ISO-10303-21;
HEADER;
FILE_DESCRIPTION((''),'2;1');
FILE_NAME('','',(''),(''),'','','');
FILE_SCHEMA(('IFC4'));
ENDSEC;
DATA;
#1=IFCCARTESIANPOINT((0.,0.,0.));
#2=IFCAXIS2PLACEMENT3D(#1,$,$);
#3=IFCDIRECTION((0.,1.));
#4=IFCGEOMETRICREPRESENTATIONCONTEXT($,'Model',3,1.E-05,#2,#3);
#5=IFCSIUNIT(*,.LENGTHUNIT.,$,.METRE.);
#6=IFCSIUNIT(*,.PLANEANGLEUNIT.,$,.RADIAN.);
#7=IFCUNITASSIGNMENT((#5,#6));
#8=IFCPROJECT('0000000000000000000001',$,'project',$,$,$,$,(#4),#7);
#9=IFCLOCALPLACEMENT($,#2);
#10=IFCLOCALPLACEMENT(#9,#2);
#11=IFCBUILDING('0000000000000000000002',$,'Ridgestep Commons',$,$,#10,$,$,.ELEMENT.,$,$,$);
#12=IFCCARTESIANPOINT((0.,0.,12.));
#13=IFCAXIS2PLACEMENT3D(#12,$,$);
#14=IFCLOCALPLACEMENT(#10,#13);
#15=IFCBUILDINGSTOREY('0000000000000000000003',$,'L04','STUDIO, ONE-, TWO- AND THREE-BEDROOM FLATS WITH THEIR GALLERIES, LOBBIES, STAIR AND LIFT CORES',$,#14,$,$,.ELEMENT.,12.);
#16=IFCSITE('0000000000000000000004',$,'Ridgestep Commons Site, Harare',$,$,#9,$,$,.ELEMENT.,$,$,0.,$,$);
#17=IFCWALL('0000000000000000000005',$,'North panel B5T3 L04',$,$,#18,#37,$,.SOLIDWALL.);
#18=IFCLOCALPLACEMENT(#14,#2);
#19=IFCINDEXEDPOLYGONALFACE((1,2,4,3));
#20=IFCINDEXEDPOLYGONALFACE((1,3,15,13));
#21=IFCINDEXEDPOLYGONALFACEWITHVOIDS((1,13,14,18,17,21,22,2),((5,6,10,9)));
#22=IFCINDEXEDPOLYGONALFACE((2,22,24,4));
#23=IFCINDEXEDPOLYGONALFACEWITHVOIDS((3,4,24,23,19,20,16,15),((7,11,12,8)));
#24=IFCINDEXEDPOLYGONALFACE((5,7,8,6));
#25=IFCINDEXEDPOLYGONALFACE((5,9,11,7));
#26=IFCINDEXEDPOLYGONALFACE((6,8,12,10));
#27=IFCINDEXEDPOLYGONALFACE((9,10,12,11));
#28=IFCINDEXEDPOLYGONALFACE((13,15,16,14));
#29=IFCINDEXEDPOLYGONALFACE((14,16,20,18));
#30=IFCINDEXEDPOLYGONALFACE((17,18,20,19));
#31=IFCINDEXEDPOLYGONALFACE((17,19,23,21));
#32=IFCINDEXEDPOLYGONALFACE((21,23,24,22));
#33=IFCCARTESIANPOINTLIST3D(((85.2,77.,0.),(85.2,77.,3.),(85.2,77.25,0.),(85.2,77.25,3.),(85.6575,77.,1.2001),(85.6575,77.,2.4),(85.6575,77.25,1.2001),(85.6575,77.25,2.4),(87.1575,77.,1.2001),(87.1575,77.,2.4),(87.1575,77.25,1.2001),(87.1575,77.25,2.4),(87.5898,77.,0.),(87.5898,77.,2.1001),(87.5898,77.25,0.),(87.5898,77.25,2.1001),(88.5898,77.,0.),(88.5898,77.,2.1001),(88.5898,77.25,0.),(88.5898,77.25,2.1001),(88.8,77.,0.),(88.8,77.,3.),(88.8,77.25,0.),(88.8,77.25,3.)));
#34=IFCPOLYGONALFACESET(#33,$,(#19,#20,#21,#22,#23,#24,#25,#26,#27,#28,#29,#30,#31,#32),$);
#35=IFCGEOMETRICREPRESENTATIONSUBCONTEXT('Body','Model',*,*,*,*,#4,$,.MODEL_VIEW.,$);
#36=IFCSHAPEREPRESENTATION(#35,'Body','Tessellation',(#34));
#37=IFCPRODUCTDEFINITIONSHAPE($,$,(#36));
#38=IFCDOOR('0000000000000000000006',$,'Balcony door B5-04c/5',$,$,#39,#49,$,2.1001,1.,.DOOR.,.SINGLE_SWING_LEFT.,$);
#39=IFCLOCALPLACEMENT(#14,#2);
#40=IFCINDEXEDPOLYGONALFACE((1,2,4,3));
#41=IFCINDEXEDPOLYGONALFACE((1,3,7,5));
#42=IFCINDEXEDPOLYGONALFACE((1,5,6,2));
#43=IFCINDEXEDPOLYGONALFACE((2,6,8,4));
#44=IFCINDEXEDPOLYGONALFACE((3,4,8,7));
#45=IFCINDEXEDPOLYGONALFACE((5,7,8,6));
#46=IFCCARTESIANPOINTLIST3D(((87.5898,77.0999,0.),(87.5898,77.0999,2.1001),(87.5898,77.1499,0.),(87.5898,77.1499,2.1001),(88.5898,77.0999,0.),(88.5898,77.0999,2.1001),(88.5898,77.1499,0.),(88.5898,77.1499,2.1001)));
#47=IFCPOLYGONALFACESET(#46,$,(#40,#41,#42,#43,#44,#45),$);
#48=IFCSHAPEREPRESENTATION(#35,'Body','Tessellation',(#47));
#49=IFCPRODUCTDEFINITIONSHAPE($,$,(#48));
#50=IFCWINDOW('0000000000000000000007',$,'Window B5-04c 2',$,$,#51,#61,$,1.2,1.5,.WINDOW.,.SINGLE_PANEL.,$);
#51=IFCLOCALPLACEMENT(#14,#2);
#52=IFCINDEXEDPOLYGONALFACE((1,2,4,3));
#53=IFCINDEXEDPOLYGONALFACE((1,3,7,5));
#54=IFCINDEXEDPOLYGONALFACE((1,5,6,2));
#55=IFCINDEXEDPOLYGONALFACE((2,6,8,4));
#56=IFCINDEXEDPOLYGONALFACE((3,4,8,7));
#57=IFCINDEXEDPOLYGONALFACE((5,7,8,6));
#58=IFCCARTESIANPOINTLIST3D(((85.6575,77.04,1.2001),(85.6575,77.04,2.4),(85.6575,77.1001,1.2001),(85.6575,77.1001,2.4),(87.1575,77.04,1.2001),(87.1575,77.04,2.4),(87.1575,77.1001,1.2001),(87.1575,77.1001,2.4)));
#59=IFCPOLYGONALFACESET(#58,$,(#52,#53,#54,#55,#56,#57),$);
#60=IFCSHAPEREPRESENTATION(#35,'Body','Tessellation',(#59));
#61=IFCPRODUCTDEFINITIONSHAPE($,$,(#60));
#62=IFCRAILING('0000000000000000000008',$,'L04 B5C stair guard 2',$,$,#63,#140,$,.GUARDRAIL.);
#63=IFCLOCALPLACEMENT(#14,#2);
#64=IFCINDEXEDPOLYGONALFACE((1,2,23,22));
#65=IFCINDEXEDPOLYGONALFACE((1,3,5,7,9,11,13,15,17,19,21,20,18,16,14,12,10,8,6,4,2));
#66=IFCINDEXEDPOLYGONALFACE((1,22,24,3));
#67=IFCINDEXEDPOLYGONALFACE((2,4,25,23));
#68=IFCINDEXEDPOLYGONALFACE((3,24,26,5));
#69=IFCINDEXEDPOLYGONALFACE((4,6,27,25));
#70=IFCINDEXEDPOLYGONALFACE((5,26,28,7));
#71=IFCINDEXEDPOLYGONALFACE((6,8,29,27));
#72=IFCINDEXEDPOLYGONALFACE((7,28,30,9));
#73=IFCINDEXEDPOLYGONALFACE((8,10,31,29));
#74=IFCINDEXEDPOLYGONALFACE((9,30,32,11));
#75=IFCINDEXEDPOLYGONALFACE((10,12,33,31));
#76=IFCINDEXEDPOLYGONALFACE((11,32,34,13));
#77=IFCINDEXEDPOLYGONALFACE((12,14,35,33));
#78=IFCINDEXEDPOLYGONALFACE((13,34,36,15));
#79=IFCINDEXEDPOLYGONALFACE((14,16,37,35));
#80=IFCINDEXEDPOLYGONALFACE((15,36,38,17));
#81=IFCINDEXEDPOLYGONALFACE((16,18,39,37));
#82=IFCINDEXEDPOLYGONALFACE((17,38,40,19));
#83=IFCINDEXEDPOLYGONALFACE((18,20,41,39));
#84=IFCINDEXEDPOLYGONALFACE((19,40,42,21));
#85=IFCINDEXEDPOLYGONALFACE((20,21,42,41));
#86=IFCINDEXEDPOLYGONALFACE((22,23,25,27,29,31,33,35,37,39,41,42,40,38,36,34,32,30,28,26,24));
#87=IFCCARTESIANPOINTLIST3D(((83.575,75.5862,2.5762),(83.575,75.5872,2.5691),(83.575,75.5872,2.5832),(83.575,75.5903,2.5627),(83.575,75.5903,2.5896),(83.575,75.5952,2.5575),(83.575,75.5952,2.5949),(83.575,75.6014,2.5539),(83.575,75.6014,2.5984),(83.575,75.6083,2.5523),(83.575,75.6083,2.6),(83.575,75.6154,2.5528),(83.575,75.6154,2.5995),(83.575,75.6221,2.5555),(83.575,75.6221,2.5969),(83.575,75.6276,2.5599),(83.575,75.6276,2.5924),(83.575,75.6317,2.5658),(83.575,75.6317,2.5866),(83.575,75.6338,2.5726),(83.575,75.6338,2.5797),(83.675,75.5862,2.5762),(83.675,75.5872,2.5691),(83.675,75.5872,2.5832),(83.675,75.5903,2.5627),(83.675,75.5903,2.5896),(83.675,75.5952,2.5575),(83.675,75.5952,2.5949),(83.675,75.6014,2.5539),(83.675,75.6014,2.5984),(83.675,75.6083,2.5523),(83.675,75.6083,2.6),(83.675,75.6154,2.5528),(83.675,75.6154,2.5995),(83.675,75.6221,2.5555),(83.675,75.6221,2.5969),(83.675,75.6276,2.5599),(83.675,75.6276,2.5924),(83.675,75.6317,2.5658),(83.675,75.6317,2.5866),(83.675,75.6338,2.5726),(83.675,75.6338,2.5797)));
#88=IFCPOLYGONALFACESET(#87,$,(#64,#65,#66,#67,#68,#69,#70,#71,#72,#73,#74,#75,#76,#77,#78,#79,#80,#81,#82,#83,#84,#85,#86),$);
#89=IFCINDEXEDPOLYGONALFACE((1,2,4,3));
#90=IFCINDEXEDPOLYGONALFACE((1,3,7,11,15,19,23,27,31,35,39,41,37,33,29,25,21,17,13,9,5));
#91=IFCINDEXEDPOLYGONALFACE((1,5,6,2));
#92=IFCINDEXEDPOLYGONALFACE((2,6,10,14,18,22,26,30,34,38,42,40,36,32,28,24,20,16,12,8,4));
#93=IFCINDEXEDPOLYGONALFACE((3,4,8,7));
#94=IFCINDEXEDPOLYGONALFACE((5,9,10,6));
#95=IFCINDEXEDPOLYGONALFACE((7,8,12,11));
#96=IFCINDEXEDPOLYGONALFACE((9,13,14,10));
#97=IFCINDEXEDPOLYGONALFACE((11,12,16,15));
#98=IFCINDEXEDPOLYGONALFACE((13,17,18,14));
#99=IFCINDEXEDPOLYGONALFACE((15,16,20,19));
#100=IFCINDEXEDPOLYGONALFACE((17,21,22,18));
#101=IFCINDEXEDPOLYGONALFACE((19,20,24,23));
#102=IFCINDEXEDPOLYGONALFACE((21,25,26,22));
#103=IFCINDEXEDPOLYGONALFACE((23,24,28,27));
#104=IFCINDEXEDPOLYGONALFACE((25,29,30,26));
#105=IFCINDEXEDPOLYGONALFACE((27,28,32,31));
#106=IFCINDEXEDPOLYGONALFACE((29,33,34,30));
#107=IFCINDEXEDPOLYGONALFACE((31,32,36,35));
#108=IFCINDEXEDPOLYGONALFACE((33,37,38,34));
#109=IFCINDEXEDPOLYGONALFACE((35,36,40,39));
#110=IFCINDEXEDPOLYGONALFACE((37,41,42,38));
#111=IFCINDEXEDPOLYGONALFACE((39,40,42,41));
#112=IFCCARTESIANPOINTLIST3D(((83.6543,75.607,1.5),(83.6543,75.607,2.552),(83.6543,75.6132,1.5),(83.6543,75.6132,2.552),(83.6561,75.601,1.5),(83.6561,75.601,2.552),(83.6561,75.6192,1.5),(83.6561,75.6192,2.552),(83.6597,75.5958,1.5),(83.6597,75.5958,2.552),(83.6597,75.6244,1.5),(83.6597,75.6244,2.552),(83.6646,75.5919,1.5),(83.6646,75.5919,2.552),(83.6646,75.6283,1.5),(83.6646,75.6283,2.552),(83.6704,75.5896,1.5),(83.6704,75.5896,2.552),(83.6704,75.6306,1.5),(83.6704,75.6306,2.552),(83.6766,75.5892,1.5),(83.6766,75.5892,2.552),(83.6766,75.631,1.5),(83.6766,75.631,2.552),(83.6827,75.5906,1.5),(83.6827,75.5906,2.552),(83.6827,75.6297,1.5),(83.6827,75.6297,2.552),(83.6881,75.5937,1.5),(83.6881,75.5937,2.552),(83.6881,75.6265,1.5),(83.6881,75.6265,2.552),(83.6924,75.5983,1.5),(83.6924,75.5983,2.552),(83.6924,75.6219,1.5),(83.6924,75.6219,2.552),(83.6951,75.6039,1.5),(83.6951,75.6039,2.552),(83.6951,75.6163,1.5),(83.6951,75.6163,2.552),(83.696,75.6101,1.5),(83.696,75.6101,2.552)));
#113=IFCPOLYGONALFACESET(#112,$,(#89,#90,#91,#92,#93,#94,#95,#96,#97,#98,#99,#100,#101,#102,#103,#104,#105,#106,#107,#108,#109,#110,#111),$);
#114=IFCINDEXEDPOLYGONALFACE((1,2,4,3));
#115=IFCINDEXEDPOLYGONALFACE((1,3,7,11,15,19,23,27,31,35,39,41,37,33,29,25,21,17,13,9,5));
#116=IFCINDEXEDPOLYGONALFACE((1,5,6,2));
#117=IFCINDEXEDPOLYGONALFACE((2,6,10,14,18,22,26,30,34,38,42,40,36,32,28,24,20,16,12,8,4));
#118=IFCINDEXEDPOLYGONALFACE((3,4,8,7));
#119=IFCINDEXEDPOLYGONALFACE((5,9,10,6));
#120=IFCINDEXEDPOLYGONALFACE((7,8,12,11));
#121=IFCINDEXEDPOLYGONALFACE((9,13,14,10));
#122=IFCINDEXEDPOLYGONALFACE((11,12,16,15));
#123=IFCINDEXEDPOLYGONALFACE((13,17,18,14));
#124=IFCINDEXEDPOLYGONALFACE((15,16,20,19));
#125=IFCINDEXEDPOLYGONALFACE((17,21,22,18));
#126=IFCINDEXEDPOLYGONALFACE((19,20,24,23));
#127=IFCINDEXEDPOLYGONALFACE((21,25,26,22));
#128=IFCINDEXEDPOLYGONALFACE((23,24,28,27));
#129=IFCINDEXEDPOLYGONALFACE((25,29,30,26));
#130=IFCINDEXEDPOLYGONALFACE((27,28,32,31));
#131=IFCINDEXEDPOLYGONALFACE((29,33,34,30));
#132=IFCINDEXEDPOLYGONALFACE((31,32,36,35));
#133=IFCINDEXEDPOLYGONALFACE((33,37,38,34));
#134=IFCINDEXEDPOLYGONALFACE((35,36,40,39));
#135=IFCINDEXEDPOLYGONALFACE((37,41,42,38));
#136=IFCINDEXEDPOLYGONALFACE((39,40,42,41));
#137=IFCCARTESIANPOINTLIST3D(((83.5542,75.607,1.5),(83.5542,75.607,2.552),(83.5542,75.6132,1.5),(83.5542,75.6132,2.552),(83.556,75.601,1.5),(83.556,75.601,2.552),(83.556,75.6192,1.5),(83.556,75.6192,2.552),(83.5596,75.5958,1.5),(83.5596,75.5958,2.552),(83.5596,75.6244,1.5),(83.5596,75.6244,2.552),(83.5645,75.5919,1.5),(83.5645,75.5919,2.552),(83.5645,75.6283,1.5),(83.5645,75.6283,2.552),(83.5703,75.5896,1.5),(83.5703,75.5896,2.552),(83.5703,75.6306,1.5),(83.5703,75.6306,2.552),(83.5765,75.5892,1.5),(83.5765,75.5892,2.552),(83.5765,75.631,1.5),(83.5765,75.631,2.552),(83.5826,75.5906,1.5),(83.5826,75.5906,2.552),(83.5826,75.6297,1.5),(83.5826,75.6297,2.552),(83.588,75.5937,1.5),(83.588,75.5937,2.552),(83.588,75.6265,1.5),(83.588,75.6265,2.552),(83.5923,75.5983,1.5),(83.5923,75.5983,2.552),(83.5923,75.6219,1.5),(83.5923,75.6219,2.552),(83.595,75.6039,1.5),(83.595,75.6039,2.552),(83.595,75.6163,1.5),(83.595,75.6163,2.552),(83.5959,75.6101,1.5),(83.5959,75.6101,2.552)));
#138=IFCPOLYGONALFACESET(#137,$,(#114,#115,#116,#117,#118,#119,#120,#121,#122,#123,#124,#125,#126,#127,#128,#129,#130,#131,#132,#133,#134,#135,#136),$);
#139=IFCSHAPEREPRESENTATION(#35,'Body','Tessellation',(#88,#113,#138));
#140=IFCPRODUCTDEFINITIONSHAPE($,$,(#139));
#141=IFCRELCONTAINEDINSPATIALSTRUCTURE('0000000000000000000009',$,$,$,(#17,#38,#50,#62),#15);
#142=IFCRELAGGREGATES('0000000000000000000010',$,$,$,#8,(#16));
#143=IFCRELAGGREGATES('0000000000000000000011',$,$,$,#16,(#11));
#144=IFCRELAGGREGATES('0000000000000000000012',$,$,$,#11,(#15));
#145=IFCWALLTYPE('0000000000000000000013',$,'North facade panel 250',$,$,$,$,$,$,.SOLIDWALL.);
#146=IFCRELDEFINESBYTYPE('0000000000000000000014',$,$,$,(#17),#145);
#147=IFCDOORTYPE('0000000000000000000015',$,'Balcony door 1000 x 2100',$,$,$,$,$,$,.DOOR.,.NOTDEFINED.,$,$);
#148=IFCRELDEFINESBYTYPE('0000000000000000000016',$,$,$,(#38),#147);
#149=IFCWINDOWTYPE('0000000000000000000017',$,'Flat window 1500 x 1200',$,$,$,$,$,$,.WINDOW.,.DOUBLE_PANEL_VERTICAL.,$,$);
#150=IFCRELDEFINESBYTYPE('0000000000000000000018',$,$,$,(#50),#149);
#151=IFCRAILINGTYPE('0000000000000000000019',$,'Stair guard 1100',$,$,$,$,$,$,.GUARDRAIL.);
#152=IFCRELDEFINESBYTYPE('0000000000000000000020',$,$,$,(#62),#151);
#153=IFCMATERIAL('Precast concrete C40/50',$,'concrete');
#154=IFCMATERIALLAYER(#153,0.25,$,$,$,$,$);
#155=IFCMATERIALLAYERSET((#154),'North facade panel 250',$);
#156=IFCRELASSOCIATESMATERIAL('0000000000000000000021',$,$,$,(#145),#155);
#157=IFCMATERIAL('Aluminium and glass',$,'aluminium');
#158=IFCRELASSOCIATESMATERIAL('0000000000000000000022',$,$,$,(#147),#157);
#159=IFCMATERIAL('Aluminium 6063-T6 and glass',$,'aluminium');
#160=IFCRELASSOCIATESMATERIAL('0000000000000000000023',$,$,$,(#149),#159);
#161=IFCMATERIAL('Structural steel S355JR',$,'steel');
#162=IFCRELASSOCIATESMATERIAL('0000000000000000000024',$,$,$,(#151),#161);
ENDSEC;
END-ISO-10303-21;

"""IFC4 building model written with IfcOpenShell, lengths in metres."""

from ifc_helpers import new_model, si_unit, direction, frame, frame_2d, origin, origin_2d, place, context, subcontext, project, spatial, rectangle, circle, extrude, material, layer, layer_set, type_object, element, fill, save


model = new_model("IFC4")

# Units and contexts
model_context = context("Model", 3, precision=1e-05, world=origin(), true_north=direction((0.0, 1.0)))
body_context = subcontext(model_context, "Body", "Model", "MODEL_VIEW")
ifc_project = project(units=[si_unit("LENGTHUNIT", "METRE"), si_unit("PLANEANGLEUNIT", "RADIAN")], contexts=[model_context])

# Site, building, storey
site_placement = place(None, origin())
site = spatial("IfcSite", under=ifc_project, at=site_placement, Name="Ridgestep Commons Site, Harare", CompositionType="ELEMENT", RefElevation=0.0)
building_placement = place(site_placement, origin())
building = spatial("IfcBuilding", under=site, at=building_placement, Name="Ridgestep Commons", CompositionType="ELEMENT")
storey_placement = place(building_placement, frame((0.0, 0.0, 12.0)))
storey = spatial("IfcBuildingStorey", under=building, at=storey_placement, Name="L04", Description="STUDIO, ONE-, TWO- AND THREE-BEDROOM FLATS WITH THEIR GALLERIES, LOBBIES, STAIR AND LIFT CORES", CompositionType="ELEMENT", Elevation=12.0)

# Wall, openings, door, window
ifc_material_1 = material(Name="Precast concrete C40/50", Category="concrete")
ifc_layer_1 = layer(ifc_material_1, 0.25)
ifc_layer_set_1 = layer_set([ifc_layer_1], Name="North facade panel 250")
wall_type = type_object("IfcWallType", Name="North facade panel 250", PredefinedType="SOLIDWALL", material=ifc_layer_set_1)
wall_placement = place(storey_placement, frame((85.2, 77.125, 0.0), z_axis=(0.0, 0.0, 1.0), x_axis=(1.0, 0.0, 0.0)))
wall = element("IfcWall", 1, at=wall_placement, inside=storey, type_object=wall_type, Name="North panel B5T3 L04", PredefinedType="SOLIDWALL", context=body_context, shape_type="SweptSolid", body=[
    extrude(rectangle(XDim=3.6001, YDim=0.25, at=frame_2d((1.8, 0.0))), origin(), (0.0, 0.0, 1.0), 3.0),
])
opening_1_placement = place(wall_placement, frame((0.4575, 0.0, 1.2)))
opening_1 = element("IfcOpeningElement", 2, at=opening_1_placement, cuts=wall, PredefinedType="OPENING", context=body_context, shape_type="SweptSolid", body=[
    extrude(rectangle(XDim=1.5, YDim=1.2, at=frame_2d((0.75, 0.6001))), frame((0.0, 0.135, 0.0), z_axis=(0.0, -1.0, 0.0), x_axis=(1.0, 0.0, 0.0)), (0.0, 0.0, 1.0), 0.27),
])
opening_2_placement = place(wall_placement, frame((2.3899, 0.0, 0.0)))
opening_2 = element("IfcOpeningElement", 3, at=opening_2_placement, cuts=wall, PredefinedType="OPENING", context=body_context, shape_type="SweptSolid", body=[
    extrude(rectangle(XDim=1.0, YDim=2.1001, at=frame_2d((0.5, 1.05))), frame((0.0, 0.135, 0.0), z_axis=(0.0, -1.0, 0.0), x_axis=(1.0, 0.0, 0.0)), (0.0, 0.0, 1.0), 0.27),
])
ifc_material_2 = material(Name="Aluminium and glass", Category="aluminium")
door_type = type_object("IfcDoorType", Name="Balcony door 1000 x 2100", OperationType="NOTDEFINED", PredefinedType="DOOR", material=ifc_material_2)
door_placement = place(opening_2_placement, origin())
door = element("IfcDoor", 4, at=door_placement, inside=storey, type_object=door_type, Name="Balcony door B5-04c/5", OperationType="SINGLE_SWING_LEFT", OverallHeight=2.1001, OverallWidth=1.0, PredefinedType="DOOR", context=body_context, shape_type="SweptSolid", body=[
    extrude(rectangle(XDim=1.0, YDim=2.1001, at=frame_2d((0.5, 1.05))), frame((0.0, 0.0249, 0.0), z_axis=(0.0, -1.0, 0.0), x_axis=(1.0, 0.0, 0.0)), (0.0, 0.0, 1.0), 0.05),
])
fill(opening_2, door)
ifc_material_3 = material(Name="Aluminium 6063-T6 and glass", Category="aluminium")
window_type = type_object("IfcWindowType", Name="Flat window 1500 x 1200", PartitioningType="DOUBLE_PANEL_VERTICAL", PredefinedType="WINDOW", material=ifc_material_3)
window_placement = place(opening_1_placement, origin())
window = element("IfcWindow", 5, at=window_placement, inside=storey, type_object=window_type, Name="Window B5-04c 2", OverallHeight=1.2, OverallWidth=1.5, PartitioningType="SINGLE_PANEL", PredefinedType="WINDOW", context=body_context, shape_type="SweptSolid", body=[
    extrude(rectangle(XDim=1.5, YDim=1.2, at=frame_2d((0.75, 0.6001))), frame((0.0, -0.0249, 0.0), z_axis=(0.0, -1.0, 0.0), x_axis=(1.0, 0.0, 0.0)), (0.0, 0.0, 1.0), 0.0601),
])
fill(opening_1, window)

# Railing
ifc_material_4 = material(Name="Structural steel S355JR", Category="steel")
railing_type = type_object("IfcRailingType", Name="Stair guard 1100", PredefinedType="GUARDRAIL", material=ifc_material_4)
railing_1_placement = place(storey_placement, frame((83.675, 75.6101, 1.5)))
element("IfcRailing", 6, at=railing_1_placement, inside=storey, type_object=railing_type, Name="L04 B5C stair guard 2", PredefinedType="GUARDRAIL", context=body_context, shape_type="SweptSolid", body=[
    extrude(circle(Radius=0.0239, at=origin_2d()), frame((0.0, 0.0, 1.0762), z_axis=(-1.0, 0.0, 0.0), x_axis=(0.0, -1.0, 0.0)), (0.0, 0.0, 1.0), 0.1001),
    extrude(circle(Radius=0.021, at=origin_2d()), origin(), (0.0, 0.0, 1.0), 1.052),
    extrude(circle(Radius=0.021, at=origin_2d()), frame((-0.1001, 0.0, 0.0)), (0.0, 0.0, 1.0), 1.052),
])

save(model, "model.ifc")
